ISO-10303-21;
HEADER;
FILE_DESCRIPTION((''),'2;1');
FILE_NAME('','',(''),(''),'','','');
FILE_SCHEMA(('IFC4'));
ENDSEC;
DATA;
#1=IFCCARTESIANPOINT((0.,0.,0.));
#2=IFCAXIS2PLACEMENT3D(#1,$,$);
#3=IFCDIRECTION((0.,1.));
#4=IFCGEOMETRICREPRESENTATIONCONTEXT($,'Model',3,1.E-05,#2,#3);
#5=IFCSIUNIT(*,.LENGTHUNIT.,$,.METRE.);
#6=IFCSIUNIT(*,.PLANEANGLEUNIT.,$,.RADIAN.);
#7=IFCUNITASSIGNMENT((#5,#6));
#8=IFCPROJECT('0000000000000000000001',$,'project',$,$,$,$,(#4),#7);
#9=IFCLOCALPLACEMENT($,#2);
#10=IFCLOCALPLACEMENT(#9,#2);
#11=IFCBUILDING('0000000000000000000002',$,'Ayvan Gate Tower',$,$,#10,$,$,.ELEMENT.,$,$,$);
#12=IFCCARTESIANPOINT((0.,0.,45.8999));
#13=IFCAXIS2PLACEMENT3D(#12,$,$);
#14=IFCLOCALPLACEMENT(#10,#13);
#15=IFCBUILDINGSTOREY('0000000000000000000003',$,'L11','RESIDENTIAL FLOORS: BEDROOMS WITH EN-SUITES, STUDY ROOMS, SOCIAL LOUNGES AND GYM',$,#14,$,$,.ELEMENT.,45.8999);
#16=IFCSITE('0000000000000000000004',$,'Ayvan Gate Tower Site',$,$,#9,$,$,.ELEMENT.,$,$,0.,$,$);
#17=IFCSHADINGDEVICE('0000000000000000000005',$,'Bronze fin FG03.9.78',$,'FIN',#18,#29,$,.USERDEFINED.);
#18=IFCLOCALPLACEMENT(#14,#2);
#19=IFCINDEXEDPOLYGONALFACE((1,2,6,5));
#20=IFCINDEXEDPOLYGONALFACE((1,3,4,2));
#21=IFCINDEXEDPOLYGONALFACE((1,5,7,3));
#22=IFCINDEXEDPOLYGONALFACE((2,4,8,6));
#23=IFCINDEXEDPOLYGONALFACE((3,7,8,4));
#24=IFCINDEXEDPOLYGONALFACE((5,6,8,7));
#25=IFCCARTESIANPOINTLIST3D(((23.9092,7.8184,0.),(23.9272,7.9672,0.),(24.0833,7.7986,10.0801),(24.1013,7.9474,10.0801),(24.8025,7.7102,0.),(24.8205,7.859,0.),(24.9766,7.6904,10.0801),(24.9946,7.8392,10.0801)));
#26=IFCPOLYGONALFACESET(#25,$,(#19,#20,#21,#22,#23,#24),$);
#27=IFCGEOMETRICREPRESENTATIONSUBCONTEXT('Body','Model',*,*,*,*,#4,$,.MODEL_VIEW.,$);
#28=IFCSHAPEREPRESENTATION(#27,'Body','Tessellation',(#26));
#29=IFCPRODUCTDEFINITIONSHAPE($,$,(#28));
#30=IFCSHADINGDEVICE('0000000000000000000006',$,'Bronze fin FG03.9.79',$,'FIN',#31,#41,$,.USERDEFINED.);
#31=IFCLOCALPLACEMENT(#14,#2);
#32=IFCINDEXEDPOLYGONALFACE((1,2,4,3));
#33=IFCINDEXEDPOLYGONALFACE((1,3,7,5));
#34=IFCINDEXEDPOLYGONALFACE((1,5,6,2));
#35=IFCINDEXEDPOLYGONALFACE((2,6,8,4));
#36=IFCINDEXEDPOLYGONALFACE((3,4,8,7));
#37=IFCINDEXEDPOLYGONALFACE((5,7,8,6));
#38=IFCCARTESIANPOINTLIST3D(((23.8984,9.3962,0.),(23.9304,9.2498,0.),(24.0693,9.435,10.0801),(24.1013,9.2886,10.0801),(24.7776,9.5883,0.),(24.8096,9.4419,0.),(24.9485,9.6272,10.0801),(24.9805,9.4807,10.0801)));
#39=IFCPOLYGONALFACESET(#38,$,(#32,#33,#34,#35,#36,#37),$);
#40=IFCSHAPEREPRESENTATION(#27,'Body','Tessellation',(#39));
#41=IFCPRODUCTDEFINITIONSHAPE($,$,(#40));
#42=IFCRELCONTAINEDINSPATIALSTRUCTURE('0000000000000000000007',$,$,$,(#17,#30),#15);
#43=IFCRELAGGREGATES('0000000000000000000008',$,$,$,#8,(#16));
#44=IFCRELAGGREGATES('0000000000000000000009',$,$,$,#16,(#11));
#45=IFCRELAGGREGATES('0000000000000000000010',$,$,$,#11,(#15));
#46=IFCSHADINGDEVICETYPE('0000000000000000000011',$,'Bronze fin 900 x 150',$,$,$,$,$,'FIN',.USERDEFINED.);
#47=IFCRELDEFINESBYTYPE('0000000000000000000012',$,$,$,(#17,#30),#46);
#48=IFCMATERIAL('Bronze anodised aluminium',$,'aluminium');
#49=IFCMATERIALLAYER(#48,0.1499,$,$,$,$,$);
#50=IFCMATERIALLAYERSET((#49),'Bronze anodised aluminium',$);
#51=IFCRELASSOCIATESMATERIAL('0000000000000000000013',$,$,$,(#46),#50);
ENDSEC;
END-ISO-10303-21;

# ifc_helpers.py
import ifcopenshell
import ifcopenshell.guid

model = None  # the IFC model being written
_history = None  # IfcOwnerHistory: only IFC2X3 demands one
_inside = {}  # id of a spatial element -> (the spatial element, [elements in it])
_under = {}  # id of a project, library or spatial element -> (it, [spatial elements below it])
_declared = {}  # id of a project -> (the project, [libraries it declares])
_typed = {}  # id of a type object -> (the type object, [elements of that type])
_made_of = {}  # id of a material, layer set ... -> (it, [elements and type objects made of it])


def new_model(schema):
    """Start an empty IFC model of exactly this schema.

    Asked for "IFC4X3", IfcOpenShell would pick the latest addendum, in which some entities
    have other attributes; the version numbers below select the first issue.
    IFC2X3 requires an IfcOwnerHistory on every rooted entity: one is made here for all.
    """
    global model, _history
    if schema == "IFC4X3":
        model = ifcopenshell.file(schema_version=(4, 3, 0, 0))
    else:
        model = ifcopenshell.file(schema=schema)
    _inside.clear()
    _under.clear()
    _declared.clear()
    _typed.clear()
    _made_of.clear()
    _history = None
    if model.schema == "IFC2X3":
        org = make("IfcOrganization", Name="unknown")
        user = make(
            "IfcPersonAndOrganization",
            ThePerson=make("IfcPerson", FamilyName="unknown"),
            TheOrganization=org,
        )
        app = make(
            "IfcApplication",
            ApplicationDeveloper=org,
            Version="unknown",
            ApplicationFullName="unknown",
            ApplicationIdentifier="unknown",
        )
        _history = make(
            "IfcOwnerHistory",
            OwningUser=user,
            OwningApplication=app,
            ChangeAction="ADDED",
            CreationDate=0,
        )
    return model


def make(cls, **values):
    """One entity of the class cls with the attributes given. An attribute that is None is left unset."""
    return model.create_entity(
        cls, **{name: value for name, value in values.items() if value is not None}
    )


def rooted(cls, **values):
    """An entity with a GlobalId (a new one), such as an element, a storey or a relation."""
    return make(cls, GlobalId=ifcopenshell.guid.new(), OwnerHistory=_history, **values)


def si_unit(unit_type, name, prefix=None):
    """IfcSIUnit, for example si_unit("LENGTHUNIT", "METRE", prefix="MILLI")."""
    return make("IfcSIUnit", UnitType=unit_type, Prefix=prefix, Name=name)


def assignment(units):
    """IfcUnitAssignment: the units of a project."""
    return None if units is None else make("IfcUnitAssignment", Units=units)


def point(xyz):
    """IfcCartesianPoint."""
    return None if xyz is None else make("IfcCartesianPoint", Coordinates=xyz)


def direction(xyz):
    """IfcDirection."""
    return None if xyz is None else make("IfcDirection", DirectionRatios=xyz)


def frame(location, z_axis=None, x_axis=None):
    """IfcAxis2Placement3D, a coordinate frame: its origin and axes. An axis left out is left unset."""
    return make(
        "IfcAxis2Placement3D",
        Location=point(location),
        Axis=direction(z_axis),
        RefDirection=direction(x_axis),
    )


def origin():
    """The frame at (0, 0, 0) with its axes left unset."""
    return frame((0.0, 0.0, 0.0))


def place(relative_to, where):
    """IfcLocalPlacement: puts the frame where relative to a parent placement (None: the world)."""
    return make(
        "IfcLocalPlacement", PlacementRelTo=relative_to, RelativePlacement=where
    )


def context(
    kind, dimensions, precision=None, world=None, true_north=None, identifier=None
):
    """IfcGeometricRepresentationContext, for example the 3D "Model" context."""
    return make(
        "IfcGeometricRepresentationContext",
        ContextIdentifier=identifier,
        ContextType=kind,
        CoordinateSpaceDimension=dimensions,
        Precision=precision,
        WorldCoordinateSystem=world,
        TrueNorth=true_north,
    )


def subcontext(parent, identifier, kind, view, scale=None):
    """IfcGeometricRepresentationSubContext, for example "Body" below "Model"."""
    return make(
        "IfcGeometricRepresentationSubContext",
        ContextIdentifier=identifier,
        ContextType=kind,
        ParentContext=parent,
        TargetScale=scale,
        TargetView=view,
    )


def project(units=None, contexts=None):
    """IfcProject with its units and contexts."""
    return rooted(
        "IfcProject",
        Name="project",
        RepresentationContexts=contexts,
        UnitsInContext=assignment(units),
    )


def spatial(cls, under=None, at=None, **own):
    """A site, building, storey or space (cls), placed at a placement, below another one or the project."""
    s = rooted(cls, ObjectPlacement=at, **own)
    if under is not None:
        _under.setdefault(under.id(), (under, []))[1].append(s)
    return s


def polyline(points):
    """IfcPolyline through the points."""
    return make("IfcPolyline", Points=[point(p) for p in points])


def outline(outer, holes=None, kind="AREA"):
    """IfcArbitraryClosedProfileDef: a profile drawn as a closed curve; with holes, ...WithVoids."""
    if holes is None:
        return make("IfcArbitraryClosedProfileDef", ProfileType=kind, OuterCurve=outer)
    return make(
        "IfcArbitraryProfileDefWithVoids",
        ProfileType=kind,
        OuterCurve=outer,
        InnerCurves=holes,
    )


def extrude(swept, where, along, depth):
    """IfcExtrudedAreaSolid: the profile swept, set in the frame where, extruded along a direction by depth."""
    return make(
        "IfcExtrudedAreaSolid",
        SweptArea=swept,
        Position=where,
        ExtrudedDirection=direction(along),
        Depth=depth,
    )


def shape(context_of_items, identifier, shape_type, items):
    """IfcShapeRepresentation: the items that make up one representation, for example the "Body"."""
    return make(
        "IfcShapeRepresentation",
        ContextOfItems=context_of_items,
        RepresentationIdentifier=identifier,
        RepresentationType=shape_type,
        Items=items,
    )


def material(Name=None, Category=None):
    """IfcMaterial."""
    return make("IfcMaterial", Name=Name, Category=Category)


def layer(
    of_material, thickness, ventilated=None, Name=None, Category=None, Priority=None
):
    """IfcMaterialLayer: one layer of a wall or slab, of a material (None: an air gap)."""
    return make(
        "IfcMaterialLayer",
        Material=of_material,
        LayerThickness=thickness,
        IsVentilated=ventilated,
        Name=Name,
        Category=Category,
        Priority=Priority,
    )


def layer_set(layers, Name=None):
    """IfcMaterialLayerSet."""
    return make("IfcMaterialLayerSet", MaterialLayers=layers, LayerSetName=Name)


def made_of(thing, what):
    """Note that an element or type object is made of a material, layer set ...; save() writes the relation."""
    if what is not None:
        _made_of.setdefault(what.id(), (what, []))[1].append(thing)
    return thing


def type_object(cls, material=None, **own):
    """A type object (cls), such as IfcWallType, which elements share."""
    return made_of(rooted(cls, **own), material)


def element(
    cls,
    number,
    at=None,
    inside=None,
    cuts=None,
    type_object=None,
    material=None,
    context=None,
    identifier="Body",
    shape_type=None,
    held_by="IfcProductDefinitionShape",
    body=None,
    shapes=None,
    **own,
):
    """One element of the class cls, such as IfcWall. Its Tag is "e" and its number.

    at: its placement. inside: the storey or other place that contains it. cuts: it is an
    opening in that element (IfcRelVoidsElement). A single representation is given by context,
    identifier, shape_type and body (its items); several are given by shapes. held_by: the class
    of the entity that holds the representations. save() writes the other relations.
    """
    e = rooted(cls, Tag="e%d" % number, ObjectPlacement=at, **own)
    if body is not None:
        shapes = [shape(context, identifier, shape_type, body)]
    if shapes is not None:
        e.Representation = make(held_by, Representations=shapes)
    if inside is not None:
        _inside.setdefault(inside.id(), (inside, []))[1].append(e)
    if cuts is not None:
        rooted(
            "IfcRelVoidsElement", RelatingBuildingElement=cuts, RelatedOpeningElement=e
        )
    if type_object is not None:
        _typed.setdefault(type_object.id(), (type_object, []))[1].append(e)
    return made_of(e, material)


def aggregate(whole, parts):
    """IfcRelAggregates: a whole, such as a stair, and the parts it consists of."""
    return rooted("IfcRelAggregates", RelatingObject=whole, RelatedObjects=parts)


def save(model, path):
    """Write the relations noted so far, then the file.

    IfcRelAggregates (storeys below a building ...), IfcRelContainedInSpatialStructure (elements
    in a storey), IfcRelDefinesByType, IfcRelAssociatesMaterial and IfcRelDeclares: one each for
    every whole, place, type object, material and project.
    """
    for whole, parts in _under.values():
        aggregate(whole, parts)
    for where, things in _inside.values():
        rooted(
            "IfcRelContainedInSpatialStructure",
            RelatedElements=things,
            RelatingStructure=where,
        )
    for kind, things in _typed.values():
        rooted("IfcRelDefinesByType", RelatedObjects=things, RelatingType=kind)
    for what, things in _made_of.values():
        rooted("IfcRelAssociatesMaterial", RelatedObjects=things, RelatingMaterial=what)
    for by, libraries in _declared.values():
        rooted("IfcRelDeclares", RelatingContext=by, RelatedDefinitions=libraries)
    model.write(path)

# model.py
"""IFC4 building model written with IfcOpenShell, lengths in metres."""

from ifc_helpers import new_model, si_unit, direction, frame, origin, place, context, subcontext, project, spatial, polyline, outline, extrude, material, layer, layer_set, type_object, element, save


model = new_model("IFC4")

# Units and contexts
model_context = context("Model", 3, precision=1e-05, world=origin(), true_north=direction((0.0, 1.0)))
body_context = subcontext(model_context, "Body", "Model", "MODEL_VIEW")
ifc_project = project(units=[si_unit("LENGTHUNIT", "METRE"), si_unit("PLANEANGLEUNIT", "RADIAN")], contexts=[model_context])

# Site, building, storey
site_placement = place(None, origin())
site = spatial("IfcSite", under=ifc_project, at=site_placement, Name="Ayvan Gate Tower Site", CompositionType="ELEMENT", RefElevation=0.0)
building_placement = place(site_placement, origin())
building = spatial("IfcBuilding", under=site, at=building_placement, Name="Ayvan Gate Tower", CompositionType="ELEMENT")
storey_placement = place(building_placement, frame((0.0, 0.0, 45.8999)))
storey = spatial("IfcBuildingStorey", under=building, at=storey_placement, Name="L11", Description="RESIDENTIAL FLOORS: BEDROOMS WITH EN-SUITES, STUDY ROOMS, SOCIAL LOUNGES AND GYM", CompositionType="ELEMENT", Elevation=45.8999)

# Shared definitions
ifc_material_1 = material(Name="Bronze anodised aluminium", Category="aluminium")

# Shading devices
ifc_layer_1 = layer(ifc_material_1, 0.1499)
ifc_layer_set_1 = layer_set([ifc_layer_1], Name="Bronze anodised aluminium")
shading_device_type = type_object("IfcShadingDeviceType", Name="Bronze fin 900 x 150", ElementType="FIN", PredefinedType="USERDEFINED", material=ifc_layer_set_1)
shading_device_1_placement = place(storey_placement, frame((23.9092, 7.8184, 0.0), z_axis=(-0.120194, -0.99275, 0.000128), x_axis=(0.99275, -0.120194, 0.0)))
element("IfcShadingDevice", 1, at=shading_device_1_placement, inside=storey, type_object=shading_device_type, Name="Bronze fin FG03.9.78", ObjectType="FIN", PredefinedType="USERDEFINED", context=body_context, shape_type="SweptSolid", body=[
    extrude(outline(polyline([(0.0, 0.0), (0.8998, 0.0), (1.075, 10.0801), (0.1752, 10.0801), (0.0, 0.0)])), origin(), (0.0, 0.0, -1.0), 0.1499),
])
shading_device_2_placement = place(storey_placement, frame((23.9304, 9.2498, 0.0), z_axis=(0.213511, -0.976941, 0.000142), x_axis=(0.976941, 0.213511, 0.0)))
element("IfcShadingDevice", 2, at=shading_device_2_placement, inside=storey, type_object=shading_device_type, Name="Bronze fin FG03.9.79", ObjectType="FIN", PredefinedType="USERDEFINED", context=body_context, shape_type="SweptSolid", body=[
    extrude(outline(polyline([(0.0, 0.0), (0.8999, 0.0), (1.0751, 10.0801), (0.1752, 10.0801), (0.0, 0.0)])), origin(), (0.0, 0.0, -1.0), 0.1499),
])

save(model, "model.ifc")
